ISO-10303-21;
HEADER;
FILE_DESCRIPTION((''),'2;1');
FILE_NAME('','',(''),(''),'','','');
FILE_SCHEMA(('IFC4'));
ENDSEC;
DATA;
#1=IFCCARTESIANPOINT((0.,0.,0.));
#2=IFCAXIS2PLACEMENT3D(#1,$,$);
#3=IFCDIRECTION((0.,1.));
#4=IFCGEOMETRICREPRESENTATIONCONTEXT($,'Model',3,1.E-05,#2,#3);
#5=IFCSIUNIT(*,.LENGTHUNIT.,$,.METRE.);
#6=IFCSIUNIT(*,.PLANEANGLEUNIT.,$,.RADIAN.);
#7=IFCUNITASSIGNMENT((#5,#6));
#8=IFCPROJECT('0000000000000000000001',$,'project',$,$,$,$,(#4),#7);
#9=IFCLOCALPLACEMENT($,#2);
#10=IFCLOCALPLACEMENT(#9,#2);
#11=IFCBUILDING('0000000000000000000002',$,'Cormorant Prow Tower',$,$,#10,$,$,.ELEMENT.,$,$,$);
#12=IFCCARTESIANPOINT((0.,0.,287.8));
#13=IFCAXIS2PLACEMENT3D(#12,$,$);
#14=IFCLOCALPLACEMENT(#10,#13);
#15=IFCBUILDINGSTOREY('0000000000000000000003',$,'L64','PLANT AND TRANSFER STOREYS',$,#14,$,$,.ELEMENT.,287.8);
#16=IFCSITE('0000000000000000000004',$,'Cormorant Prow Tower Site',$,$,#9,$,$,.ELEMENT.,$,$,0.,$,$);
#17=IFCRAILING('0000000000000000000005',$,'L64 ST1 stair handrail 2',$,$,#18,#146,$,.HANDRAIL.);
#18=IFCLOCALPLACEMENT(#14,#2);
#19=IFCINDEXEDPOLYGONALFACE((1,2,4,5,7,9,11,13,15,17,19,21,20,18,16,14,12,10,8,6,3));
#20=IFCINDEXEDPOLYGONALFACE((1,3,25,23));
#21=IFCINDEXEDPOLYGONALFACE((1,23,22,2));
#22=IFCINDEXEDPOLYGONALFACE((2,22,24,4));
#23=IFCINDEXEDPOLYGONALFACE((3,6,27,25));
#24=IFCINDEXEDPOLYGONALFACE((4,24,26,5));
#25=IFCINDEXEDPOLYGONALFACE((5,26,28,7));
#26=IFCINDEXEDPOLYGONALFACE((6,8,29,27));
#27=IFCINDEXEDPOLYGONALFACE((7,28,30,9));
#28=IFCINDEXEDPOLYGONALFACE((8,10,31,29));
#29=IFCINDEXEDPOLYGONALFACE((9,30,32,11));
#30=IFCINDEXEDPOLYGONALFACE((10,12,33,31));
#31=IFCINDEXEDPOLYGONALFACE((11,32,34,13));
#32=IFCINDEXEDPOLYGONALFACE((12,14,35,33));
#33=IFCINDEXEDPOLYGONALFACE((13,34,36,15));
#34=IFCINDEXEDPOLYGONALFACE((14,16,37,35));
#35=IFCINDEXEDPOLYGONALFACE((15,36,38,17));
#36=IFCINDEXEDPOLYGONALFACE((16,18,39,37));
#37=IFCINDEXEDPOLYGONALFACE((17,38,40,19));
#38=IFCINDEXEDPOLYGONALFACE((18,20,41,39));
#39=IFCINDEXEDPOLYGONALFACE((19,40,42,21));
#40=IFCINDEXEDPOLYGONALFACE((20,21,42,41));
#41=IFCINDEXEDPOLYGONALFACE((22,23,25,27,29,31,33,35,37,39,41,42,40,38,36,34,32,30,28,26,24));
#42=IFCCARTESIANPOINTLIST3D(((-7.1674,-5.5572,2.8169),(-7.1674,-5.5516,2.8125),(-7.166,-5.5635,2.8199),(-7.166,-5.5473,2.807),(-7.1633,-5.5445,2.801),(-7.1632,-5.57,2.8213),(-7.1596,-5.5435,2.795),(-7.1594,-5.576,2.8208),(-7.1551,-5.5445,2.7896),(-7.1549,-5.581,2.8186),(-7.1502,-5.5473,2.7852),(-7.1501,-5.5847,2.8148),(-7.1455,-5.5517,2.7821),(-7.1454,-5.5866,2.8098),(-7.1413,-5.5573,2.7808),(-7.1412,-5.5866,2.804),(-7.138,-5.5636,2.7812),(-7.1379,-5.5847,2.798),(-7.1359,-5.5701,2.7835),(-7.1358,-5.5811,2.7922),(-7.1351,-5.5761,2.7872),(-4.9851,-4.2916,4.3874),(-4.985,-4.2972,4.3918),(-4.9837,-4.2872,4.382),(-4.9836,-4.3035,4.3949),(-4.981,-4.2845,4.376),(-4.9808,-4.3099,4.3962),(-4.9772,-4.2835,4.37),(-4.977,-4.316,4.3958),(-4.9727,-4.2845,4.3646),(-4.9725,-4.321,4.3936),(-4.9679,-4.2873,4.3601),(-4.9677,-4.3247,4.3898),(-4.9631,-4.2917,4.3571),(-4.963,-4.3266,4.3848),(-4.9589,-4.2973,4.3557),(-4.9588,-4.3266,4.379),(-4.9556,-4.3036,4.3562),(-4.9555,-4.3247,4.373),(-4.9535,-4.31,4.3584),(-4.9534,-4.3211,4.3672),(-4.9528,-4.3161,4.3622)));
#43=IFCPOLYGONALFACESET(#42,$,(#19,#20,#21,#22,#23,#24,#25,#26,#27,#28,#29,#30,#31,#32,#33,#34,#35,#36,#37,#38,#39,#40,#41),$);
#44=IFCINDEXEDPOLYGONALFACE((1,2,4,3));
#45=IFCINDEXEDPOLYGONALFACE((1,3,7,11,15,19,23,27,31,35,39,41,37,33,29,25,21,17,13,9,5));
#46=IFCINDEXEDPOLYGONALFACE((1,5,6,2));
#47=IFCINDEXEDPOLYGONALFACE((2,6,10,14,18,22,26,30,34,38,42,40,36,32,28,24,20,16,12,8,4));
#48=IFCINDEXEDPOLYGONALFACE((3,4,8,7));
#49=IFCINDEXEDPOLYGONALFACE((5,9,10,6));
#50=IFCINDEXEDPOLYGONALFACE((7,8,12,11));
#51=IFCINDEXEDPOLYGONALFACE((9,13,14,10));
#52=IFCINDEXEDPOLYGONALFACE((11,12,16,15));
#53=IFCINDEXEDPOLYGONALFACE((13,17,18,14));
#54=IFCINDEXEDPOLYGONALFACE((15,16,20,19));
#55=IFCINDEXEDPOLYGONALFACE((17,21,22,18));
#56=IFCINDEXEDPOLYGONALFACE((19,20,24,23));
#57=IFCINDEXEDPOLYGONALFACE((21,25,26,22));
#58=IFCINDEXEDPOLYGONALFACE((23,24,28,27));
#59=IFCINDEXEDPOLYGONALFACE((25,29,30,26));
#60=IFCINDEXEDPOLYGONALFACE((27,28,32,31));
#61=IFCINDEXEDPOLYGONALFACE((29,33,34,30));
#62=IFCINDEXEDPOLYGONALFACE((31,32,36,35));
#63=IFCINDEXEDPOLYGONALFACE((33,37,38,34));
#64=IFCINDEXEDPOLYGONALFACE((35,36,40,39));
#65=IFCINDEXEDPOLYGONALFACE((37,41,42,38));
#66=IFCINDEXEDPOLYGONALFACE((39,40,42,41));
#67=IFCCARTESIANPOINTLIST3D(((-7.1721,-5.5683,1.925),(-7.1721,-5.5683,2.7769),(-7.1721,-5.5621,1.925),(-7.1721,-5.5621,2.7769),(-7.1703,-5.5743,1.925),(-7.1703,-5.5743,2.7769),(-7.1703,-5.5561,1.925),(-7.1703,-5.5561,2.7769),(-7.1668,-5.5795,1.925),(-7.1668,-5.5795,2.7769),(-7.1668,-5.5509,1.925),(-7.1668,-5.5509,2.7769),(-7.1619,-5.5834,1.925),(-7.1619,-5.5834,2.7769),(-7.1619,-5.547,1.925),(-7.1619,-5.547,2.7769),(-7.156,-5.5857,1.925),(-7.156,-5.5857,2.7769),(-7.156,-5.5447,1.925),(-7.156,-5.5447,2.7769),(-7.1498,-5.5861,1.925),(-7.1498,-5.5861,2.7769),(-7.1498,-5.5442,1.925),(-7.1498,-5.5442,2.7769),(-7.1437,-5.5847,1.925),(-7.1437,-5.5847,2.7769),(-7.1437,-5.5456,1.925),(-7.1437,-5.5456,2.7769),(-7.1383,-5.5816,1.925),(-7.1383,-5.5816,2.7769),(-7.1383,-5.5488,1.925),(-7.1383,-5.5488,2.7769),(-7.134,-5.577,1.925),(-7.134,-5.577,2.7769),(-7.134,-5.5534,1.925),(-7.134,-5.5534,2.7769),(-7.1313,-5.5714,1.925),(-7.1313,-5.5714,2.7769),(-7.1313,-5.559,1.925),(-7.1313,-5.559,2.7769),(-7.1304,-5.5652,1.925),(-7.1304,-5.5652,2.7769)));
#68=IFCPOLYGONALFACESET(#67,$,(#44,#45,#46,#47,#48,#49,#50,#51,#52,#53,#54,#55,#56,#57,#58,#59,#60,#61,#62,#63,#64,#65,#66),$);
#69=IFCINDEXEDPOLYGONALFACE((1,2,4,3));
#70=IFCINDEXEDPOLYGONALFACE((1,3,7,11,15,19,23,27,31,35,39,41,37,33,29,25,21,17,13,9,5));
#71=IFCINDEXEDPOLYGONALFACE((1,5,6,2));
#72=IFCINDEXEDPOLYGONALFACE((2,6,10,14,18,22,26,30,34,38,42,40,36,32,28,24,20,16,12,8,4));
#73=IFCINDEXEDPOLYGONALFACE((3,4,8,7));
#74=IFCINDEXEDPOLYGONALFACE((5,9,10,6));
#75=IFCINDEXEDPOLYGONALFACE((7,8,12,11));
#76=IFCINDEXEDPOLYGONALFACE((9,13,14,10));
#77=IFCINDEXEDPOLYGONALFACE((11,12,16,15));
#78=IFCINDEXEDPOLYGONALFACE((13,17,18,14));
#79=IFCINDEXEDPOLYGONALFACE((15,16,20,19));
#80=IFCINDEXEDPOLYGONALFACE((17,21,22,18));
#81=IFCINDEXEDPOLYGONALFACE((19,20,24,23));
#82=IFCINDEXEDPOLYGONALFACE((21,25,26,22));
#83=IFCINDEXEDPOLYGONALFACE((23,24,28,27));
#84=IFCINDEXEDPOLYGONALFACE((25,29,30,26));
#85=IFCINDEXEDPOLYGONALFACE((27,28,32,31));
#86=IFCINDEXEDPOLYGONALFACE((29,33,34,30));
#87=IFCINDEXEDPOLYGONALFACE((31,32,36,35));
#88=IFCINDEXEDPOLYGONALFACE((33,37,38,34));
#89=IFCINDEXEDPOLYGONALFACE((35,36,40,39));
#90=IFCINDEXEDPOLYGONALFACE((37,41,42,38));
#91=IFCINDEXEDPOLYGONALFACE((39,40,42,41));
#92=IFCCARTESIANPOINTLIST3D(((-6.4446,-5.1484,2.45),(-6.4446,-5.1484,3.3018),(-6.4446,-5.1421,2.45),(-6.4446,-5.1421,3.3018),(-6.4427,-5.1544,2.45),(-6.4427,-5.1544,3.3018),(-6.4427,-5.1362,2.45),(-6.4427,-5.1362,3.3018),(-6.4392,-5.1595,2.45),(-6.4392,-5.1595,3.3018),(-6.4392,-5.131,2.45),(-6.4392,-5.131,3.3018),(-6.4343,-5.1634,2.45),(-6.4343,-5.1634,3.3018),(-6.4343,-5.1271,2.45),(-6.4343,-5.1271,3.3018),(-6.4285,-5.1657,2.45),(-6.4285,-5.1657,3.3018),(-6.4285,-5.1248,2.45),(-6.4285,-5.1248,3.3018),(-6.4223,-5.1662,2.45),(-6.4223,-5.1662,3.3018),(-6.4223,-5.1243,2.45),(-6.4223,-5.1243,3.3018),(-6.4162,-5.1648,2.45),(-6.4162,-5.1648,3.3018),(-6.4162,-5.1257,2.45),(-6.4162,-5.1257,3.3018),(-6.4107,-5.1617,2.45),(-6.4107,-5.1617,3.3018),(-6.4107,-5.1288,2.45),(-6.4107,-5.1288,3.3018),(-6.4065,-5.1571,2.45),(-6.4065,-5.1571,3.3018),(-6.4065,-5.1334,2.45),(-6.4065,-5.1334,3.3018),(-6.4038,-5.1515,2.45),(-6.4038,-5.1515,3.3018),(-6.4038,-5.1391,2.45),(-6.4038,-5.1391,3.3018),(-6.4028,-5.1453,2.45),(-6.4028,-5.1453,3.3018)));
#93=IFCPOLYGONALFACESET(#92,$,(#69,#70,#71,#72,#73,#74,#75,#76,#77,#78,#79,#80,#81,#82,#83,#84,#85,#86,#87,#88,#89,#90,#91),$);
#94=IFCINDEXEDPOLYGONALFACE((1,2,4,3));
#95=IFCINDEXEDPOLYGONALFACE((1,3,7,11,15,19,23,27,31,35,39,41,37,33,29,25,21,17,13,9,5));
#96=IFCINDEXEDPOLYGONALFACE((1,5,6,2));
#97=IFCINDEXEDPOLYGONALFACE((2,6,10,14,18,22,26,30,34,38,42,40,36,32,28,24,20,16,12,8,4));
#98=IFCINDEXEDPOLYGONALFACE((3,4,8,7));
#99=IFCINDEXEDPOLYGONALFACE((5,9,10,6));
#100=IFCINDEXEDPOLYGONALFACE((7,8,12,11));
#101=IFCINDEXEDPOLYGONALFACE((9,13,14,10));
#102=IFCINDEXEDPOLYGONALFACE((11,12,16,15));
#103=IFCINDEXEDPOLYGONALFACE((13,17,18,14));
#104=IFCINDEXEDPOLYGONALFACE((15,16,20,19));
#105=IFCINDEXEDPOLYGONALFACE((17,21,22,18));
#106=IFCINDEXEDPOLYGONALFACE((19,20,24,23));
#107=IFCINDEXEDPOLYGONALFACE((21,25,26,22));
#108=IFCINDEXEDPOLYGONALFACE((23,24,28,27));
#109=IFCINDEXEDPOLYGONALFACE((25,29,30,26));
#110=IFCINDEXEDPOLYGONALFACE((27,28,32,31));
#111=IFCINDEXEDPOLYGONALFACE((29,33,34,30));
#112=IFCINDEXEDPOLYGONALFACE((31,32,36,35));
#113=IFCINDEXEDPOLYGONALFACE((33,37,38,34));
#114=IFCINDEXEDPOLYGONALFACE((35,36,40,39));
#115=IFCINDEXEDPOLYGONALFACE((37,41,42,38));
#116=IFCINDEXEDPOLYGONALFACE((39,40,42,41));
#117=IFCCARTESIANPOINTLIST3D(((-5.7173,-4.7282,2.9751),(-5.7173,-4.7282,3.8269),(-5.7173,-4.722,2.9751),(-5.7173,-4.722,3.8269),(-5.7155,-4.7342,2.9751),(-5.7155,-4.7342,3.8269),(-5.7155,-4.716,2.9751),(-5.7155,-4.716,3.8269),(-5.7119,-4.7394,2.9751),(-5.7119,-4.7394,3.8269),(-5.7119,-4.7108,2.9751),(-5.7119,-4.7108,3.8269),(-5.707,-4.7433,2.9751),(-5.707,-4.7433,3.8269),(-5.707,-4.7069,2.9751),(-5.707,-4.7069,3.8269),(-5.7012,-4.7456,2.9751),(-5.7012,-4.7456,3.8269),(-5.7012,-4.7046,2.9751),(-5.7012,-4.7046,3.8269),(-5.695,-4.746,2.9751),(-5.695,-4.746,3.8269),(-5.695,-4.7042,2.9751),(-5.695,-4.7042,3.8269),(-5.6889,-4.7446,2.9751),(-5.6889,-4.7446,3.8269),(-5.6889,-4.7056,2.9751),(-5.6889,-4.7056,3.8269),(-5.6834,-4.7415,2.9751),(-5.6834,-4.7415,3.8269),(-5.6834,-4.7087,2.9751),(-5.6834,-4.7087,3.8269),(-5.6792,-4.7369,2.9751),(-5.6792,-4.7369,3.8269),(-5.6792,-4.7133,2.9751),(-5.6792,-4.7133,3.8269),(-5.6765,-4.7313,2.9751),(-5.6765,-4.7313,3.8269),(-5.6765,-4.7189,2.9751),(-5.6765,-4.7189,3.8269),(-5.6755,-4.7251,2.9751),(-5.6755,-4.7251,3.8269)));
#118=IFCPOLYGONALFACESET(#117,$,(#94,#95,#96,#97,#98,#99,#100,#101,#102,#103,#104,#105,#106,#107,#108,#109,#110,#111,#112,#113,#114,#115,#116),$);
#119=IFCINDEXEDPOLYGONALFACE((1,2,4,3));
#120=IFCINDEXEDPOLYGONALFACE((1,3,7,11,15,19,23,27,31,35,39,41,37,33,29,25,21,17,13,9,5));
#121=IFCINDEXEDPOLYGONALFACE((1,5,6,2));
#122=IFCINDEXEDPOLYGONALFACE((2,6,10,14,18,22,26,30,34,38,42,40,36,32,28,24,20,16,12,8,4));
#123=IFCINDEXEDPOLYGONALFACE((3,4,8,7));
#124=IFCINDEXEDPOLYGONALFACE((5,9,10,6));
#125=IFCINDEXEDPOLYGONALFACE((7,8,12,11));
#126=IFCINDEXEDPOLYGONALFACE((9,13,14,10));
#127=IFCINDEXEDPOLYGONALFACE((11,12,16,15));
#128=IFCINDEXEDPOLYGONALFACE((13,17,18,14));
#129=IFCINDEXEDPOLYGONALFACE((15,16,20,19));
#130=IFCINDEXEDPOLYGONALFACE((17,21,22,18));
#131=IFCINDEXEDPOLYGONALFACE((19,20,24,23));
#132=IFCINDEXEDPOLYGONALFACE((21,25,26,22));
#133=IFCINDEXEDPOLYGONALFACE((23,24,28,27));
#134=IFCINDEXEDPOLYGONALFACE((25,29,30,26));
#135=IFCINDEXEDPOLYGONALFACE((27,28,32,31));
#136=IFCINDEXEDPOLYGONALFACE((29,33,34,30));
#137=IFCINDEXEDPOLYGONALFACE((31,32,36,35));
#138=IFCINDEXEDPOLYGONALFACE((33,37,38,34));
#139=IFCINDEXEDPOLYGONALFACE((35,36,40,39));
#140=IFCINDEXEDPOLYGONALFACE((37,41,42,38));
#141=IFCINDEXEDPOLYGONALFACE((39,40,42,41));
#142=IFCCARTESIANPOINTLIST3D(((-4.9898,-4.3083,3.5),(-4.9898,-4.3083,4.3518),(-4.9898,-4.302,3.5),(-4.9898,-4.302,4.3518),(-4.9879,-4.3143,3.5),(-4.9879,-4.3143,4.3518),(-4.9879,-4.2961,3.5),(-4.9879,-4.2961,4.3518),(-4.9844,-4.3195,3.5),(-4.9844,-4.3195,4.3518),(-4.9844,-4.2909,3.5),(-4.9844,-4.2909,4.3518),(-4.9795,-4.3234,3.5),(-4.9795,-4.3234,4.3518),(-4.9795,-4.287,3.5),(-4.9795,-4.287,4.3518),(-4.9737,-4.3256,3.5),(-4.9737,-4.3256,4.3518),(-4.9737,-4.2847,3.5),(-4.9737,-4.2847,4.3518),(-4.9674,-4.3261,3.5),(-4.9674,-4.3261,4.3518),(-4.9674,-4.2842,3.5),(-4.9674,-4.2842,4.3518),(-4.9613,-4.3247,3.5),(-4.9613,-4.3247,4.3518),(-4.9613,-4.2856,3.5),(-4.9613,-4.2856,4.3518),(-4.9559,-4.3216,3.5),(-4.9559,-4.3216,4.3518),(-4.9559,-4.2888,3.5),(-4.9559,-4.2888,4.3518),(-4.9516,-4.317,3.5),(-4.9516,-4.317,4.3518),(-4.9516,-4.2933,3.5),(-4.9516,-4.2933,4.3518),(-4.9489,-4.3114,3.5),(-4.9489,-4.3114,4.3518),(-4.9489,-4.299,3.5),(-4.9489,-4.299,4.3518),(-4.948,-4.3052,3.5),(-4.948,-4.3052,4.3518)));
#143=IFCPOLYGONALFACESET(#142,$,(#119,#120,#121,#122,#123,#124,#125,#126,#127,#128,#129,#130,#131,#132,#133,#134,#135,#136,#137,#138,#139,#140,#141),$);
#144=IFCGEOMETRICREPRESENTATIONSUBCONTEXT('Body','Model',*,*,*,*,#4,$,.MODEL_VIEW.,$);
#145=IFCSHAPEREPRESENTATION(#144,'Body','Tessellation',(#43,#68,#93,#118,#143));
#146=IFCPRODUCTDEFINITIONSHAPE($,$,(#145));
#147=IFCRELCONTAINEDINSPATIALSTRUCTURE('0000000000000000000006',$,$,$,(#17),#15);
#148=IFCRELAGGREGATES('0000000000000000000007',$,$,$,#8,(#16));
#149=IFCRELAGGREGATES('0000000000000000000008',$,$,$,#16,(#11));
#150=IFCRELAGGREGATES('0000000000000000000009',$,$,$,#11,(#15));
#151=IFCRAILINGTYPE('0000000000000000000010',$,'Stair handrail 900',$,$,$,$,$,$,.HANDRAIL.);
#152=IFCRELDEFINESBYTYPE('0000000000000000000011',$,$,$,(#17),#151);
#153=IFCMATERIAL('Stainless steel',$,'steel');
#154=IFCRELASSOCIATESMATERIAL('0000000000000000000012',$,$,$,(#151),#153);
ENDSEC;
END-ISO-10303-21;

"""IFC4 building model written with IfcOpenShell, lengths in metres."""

from ifc_helpers import new_model, si_unit, direction, frame, origin, origin_2d, place, context, subcontext, project, spatial, circle, extrude, material, type_object, element, save


model = new_model("IFC4")

# Units and contexts
model_context = context("Model", 3, precision=1e-05, world=origin(), true_north=direction((0.0, 1.0)))
body_context = subcontext(model_context, "Body", "Model", "MODEL_VIEW")
ifc_project = project(units=[si_unit("LENGTHUNIT", "METRE"), si_unit("PLANEANGLEUNIT", "RADIAN")], contexts=[model_context])

# Site, building, storey
site_placement = place(None, origin())
site = spatial("IfcSite", under=ifc_project, at=site_placement, Name="Cormorant Prow Tower Site", CompositionType="ELEMENT", RefElevation=0.0)
building_placement = place(site_placement, origin())
building = spatial("IfcBuilding", under=site, at=building_placement, Name="Cormorant Prow Tower", CompositionType="ELEMENT")
storey_placement = place(building_placement, frame((0.0, 0.0, 287.8)))
storey = spatial("IfcBuildingStorey", under=building, at=storey_placement, Name="L64", Description="PLANT AND TRANSFER STOREYS", CompositionType="ELEMENT", Elevation=287.8)

# Railing
ifc_material_1 = material(Name="Stainless steel", Category="steel")
railing_type = type_object("IfcRailingType", Name="Stair handrail 900", PredefinedType="HANDRAIL", material=ifc_material_1)
for number, where, name in (
    (1, (-7.1514, -5.5652, 1.925), "L64 ST1 stair handrail 2"),
):
    element("IfcRailing", number, at=place(storey_placement, frame(where)), inside=storey, type_object=railing_type, Name=name, PredefinedType="HANDRAIL", context=body_context, shape_type="SweptSolid", body=[
        extrude(circle(Radius=0.0239, at=origin_2d()), frame((0.0, 0.0, 0.876), z_axis=(0.734392, 0.424007, 0.529988), x_axis=(-0.500005, 0.866023, 0.0)), (0.0, 0.0, 1.0), 2.9717),
        extrude(circle(Radius=0.021, at=origin_2d()), origin(), (0.0, 0.0, 1.0), 0.8518),
        extrude(circle(Radius=0.021, at=origin_2d()), frame((0.7275, 0.4199, 0.5249)), (0.0, 0.0, 1.0), 0.8518),
        extrude(circle(Radius=0.021, at=origin_2d()), frame((1.4548, 0.8401, 1.05)), (0.0, 0.0, 1.0), 0.8518),
        extrude(circle(Radius=0.021, at=origin_2d()), frame((2.1824, 1.26, 1.575)), (0.0, 0.0, 1.0), 0.8518),
    ])

save(model, "model.ifc")
